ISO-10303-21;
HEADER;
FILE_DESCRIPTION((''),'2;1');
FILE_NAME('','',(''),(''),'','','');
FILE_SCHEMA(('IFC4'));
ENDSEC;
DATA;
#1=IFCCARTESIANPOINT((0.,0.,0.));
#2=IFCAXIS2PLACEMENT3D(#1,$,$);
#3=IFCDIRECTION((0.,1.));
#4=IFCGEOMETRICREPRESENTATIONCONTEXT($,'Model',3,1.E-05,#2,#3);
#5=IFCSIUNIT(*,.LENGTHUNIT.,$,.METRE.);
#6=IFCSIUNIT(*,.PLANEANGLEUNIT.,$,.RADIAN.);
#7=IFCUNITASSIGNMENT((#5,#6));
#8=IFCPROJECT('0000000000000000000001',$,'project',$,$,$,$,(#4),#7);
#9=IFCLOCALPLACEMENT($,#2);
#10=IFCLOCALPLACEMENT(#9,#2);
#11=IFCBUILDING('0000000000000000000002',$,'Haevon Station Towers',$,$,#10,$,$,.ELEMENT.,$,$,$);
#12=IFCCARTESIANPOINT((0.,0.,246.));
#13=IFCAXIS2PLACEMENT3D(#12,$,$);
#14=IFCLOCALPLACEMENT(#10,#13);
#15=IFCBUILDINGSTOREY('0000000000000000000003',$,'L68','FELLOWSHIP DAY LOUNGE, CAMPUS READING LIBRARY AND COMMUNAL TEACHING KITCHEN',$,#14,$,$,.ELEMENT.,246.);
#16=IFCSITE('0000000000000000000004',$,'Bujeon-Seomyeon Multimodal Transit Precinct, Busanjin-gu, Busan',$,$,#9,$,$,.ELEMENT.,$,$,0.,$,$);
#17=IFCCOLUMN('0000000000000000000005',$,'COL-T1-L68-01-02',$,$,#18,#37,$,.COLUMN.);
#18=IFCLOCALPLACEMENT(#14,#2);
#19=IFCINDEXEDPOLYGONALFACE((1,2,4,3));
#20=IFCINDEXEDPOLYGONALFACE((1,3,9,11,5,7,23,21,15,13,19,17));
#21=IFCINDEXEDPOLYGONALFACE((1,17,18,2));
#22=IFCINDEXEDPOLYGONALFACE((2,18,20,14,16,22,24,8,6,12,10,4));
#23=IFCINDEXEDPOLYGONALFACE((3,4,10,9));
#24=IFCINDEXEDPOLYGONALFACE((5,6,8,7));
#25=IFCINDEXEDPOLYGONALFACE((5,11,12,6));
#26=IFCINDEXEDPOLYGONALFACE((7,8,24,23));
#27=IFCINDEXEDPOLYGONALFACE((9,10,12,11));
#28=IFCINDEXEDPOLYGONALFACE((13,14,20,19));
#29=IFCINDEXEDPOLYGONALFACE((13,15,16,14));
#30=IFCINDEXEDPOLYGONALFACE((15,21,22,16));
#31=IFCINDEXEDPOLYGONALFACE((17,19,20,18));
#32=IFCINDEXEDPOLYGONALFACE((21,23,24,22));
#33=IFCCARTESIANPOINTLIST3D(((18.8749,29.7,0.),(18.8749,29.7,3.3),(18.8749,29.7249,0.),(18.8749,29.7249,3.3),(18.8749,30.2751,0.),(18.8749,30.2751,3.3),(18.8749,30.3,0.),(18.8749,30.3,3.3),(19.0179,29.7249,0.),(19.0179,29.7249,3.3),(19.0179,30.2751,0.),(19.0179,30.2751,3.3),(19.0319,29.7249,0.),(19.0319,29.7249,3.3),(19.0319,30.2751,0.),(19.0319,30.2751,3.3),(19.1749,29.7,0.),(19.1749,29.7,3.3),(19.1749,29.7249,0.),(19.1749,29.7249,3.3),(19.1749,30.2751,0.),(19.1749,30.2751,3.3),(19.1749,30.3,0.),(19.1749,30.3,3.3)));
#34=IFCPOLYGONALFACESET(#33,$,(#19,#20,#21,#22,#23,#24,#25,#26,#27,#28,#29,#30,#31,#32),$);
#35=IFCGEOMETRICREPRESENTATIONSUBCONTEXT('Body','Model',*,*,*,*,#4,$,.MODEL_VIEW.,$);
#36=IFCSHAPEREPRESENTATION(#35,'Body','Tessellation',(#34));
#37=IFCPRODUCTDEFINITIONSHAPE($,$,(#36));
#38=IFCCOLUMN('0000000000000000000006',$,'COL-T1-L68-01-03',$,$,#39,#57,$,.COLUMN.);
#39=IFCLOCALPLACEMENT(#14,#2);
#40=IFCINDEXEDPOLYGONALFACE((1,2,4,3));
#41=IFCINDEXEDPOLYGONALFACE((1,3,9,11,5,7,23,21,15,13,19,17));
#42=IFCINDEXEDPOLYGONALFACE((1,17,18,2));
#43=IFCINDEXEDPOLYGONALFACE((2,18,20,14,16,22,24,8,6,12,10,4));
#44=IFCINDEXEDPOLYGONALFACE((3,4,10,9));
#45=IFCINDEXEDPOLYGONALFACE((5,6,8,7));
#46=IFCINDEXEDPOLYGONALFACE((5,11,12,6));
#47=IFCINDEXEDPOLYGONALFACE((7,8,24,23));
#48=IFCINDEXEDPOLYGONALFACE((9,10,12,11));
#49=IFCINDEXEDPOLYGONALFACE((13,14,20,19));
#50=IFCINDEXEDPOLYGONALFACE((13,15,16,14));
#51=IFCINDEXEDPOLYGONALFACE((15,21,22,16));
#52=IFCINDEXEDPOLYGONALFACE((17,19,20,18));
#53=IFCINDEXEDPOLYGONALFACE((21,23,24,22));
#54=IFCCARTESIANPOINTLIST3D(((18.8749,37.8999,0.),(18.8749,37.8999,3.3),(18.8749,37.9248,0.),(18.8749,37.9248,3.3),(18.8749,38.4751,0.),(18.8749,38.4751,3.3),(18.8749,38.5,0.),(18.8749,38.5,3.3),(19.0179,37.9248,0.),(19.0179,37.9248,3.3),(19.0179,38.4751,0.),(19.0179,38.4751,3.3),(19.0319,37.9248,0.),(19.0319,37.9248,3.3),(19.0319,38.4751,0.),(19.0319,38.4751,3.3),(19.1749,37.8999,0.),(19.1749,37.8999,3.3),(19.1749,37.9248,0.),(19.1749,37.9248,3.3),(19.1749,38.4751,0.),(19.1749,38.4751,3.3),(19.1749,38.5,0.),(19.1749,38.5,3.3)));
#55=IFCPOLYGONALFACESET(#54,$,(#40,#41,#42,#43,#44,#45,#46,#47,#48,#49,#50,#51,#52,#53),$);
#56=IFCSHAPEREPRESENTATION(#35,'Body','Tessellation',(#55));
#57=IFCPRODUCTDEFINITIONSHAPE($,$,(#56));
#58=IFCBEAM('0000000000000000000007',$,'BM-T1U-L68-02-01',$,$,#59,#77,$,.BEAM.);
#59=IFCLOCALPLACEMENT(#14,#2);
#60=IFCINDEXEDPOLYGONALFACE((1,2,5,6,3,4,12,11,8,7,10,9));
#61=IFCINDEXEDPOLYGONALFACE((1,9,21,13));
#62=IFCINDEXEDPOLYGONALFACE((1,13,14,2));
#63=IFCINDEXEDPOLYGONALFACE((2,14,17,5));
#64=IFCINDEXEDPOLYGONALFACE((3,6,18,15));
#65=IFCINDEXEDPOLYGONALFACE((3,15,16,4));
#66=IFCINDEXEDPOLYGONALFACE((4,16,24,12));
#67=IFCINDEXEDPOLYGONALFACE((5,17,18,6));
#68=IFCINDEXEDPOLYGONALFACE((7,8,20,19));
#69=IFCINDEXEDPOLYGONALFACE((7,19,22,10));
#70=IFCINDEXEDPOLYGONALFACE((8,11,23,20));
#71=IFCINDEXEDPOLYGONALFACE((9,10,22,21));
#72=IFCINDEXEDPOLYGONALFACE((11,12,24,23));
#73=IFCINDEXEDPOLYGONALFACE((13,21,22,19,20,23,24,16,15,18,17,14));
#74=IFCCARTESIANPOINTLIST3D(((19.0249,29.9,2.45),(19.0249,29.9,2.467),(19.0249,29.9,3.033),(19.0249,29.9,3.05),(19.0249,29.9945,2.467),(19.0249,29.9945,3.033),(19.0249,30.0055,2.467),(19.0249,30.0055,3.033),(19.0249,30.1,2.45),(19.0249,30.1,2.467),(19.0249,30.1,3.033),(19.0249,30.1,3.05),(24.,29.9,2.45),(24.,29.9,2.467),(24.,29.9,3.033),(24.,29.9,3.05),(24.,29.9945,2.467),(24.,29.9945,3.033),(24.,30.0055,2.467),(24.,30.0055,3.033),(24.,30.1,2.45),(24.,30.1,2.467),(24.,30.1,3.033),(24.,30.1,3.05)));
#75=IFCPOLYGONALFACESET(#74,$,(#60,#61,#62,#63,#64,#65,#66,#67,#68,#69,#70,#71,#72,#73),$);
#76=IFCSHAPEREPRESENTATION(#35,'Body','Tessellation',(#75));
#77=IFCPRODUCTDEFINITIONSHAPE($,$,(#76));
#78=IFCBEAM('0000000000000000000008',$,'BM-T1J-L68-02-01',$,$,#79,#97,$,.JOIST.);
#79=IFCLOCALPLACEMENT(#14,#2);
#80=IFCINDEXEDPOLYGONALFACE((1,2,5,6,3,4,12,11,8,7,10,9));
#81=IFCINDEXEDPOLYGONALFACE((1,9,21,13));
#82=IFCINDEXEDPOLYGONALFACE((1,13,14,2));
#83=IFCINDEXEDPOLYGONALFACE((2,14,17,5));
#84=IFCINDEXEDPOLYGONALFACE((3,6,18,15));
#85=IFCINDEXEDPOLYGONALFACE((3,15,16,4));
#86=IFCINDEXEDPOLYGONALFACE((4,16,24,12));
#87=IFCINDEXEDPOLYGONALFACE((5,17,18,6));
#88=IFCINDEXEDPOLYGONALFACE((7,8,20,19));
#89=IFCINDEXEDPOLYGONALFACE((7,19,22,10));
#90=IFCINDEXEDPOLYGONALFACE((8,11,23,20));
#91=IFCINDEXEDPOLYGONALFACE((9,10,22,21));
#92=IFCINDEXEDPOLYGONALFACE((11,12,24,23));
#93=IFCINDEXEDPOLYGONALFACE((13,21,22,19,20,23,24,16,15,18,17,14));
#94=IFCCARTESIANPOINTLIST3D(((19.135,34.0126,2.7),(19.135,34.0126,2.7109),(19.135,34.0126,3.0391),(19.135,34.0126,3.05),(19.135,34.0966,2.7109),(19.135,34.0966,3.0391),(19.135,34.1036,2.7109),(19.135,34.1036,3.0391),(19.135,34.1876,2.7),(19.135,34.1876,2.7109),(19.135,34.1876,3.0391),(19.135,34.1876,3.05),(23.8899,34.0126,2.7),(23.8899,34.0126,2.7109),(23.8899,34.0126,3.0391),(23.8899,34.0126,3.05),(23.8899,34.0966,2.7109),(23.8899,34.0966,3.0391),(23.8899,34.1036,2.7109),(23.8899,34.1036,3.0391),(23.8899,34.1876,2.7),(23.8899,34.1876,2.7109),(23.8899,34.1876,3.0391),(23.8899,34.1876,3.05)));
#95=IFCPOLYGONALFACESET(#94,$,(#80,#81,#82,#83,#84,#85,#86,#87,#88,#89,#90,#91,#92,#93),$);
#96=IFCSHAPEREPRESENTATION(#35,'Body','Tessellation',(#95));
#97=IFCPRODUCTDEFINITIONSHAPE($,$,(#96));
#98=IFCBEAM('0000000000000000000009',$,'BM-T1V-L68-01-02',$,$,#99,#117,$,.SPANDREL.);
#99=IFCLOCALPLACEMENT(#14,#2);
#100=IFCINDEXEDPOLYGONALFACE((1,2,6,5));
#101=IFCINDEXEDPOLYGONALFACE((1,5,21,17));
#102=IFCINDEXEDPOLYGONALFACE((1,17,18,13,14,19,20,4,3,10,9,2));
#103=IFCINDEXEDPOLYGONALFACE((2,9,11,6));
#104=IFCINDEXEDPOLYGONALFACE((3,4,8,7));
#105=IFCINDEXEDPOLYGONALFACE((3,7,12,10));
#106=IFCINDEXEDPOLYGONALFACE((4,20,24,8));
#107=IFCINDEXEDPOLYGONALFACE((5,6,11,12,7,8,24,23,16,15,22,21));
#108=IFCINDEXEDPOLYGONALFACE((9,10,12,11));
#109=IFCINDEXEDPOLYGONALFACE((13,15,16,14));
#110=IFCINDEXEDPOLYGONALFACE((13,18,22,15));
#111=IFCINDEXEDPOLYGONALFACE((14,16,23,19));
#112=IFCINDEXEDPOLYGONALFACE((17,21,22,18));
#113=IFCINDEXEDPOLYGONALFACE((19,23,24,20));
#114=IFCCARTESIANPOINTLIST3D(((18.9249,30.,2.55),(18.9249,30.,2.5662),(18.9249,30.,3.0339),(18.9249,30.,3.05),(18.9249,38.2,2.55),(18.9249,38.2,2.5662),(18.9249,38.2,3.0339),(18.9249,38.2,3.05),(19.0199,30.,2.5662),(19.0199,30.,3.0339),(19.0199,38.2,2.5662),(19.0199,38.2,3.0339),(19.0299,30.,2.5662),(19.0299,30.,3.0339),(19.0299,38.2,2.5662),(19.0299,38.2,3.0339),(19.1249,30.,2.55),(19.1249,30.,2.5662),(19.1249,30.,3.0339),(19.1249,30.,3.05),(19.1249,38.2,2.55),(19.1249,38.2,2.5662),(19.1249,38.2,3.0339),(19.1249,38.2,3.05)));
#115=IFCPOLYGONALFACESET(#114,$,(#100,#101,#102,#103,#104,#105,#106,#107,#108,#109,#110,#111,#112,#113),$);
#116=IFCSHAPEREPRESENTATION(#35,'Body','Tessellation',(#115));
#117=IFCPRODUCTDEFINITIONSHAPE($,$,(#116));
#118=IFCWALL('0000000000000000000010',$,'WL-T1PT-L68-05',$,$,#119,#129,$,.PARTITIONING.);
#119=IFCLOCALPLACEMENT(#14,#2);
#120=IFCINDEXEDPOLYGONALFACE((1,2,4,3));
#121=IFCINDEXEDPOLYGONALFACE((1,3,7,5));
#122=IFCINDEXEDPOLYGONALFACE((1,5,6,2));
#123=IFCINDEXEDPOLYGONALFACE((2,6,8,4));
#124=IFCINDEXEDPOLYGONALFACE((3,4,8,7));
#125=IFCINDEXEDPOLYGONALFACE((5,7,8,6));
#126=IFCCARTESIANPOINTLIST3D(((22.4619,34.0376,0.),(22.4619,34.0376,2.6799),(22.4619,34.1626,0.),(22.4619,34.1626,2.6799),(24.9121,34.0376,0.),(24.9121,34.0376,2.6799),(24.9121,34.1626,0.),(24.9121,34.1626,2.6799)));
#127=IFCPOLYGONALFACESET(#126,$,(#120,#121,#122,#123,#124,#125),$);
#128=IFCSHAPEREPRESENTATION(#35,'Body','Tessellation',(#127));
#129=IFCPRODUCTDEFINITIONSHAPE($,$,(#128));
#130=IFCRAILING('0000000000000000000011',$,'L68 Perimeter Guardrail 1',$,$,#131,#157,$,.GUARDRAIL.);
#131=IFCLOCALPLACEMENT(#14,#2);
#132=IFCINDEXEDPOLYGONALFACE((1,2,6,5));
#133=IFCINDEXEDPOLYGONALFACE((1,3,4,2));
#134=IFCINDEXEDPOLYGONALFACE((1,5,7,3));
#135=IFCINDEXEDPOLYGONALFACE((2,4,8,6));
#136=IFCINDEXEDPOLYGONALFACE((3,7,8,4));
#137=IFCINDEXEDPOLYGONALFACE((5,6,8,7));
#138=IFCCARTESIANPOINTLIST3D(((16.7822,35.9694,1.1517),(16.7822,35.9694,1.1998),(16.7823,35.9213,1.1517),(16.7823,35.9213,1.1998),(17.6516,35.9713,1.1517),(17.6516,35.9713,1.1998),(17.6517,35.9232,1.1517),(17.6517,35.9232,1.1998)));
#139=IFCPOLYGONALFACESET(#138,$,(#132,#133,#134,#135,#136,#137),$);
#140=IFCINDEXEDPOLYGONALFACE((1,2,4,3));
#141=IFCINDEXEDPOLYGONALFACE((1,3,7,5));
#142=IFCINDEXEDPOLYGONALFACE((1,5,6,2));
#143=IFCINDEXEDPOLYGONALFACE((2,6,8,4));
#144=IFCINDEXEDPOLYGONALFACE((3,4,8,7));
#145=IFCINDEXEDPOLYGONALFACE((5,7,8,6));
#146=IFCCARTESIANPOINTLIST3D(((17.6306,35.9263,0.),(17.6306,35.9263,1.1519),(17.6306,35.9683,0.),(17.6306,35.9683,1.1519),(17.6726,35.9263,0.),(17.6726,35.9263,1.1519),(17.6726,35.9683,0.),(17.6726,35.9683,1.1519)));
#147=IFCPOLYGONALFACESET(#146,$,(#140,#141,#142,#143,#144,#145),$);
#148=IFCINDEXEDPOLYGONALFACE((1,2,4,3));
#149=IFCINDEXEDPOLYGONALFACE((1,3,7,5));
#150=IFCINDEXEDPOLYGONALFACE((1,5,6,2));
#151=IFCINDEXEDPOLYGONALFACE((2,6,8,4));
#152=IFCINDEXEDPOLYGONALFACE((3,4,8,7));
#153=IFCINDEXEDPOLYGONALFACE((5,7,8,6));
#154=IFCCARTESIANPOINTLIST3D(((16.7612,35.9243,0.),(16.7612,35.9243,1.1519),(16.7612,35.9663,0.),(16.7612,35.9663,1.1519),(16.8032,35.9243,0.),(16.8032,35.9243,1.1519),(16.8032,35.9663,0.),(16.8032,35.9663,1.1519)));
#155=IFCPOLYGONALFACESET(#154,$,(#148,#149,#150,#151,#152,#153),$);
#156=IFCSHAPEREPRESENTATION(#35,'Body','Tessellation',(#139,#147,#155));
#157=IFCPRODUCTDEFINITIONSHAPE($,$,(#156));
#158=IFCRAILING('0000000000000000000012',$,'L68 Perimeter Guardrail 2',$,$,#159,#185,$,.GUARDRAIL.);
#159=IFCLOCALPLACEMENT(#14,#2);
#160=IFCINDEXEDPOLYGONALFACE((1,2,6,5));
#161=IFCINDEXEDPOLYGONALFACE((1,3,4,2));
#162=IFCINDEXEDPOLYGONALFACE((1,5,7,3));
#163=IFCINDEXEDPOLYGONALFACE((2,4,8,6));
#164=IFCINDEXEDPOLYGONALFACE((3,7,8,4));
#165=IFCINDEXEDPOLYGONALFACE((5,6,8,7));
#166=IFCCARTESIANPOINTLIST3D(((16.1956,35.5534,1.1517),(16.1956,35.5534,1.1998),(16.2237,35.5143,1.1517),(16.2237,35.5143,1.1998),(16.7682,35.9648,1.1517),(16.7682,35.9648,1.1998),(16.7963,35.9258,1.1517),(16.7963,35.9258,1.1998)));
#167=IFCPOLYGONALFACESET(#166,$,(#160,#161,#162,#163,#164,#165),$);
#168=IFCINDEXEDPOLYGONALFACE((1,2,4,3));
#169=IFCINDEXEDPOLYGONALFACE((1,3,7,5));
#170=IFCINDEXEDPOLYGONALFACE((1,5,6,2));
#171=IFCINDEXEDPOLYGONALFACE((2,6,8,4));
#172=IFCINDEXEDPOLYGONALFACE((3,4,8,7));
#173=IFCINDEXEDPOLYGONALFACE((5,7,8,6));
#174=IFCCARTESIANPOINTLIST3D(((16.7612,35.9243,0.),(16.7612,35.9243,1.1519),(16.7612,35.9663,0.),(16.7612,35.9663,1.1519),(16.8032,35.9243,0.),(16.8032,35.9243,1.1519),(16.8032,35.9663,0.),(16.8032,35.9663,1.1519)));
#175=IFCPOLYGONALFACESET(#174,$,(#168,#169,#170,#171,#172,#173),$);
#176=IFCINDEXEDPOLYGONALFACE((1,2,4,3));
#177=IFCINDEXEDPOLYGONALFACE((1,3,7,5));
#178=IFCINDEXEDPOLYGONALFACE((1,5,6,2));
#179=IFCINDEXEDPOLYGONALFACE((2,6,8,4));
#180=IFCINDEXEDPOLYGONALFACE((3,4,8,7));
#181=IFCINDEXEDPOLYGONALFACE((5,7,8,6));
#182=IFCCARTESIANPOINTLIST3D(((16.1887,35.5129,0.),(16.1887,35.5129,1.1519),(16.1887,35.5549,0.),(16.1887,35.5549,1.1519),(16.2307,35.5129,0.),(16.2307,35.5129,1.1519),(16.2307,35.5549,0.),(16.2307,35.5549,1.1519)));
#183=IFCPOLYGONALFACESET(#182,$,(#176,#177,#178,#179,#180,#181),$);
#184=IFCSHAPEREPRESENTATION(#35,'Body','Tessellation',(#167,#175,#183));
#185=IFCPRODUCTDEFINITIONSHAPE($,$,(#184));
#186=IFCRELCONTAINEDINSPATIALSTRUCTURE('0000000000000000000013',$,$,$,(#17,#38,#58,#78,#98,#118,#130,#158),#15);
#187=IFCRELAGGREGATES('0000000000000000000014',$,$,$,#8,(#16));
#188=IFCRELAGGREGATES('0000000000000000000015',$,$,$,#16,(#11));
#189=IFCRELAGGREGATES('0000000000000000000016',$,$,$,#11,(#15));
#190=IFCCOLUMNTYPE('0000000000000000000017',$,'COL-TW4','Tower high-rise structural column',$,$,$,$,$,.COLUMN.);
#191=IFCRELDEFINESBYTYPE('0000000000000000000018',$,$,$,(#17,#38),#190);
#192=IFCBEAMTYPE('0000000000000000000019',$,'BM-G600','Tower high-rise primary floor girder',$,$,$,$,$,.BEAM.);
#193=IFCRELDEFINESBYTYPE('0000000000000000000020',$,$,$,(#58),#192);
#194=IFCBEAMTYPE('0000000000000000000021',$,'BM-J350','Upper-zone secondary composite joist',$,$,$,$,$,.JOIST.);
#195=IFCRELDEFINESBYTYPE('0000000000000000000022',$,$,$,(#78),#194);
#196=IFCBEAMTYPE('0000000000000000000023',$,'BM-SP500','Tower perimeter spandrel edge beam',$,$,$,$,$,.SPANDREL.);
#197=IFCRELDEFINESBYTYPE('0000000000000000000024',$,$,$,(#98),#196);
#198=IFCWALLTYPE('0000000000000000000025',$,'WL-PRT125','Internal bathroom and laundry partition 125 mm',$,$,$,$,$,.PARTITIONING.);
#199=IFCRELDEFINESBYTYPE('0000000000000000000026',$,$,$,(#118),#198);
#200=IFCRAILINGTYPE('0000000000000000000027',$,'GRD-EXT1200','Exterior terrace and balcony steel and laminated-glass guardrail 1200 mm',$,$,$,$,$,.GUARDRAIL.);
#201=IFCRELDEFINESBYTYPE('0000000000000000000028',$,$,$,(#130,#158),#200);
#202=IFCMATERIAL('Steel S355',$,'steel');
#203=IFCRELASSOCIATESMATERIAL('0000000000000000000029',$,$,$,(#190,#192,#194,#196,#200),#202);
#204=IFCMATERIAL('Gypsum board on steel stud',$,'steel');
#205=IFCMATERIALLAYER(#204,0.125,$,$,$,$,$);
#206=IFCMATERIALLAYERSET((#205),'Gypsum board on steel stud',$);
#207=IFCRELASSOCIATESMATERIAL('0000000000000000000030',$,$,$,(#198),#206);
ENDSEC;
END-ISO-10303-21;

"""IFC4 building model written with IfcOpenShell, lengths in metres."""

from ifc_helpers import new_model, si_unit, direction, frame, frame_2d, origin, origin_2d, place, context, subcontext, project, spatial, rectangle, i_section, extrude, material, layer, layer_set, material_profile, profile_set, type_object, element, save


model = new_model("IFC4")

# Units and contexts
model_context = context("Model", 3, precision=1e-05, world=origin(), true_north=direction((0.0, 1.0)))
body_context = subcontext(model_context, "Body", "Model", "MODEL_VIEW")
ifc_project = project(units=[si_unit("LENGTHUNIT", "METRE"), si_unit("PLANEANGLEUNIT", "RADIAN")], contexts=[model_context])

# Site, building, storey
site_placement = place(None, origin())
site = spatial("IfcSite", under=ifc_project, at=site_placement, Name="Bujeon-Seomyeon Multimodal Transit Precinct, Busanjin-gu, Busan", CompositionType="ELEMENT", RefElevation=0.0)
building_placement = place(site_placement, origin())
building = spatial("IfcBuilding", under=site, at=building_placement, Name="Haevon Station Towers", CompositionType="ELEMENT")
storey_placement = place(building_placement, frame((0.0, 0.0, 246.0)))
storey = spatial("IfcBuildingStorey", under=building, at=storey_placement, Name="L68", Description="FELLOWSHIP DAY LOUNGE, CAMPUS READING LIBRARY AND COMMUNAL TEACHING KITCHEN", CompositionType="ELEMENT", Elevation=246.0)

# Columns
ifc_material_1 = material(Name="Steel S355", Category="steel")
ifc_material_profile_1 = material_profile(ifc_material_1, i_section(OverallWidth=0.3, OverallDepth=0.6001, WebThickness=0.0139, FlangeThickness=0.0249, at=origin_2d()), Name="H-600x300x14x25")
ifc_profile_set_1 = profile_set([ifc_material_profile_1], Name="Steel S355")
column_type = type_object("IfcColumnType", Name="COL-TW4", Description="Tower high-rise structural column", PredefinedType="COLUMN", material=ifc_profile_set_1)
for number, where, z_axis, x_axis, name in (
    (1, (19.0249, 30.0, 0.0), (0.0, 0.0, 1.0), (1.0, 0.0, 0.0), "COL-T1-L68-01-02"),
    (2, (19.0249, 38.2, 0.0), (0.0, 0.0, 1.0), (1.0, 0.0, 0.0), "COL-T1-L68-01-03"),
):
    element("IfcColumn", number, at=place(storey_placement, frame(where, z_axis=z_axis, x_axis=x_axis)), inside=storey, type_object=column_type, Name=name, PredefinedType="COLUMN", context=body_context, shape_type="SweptSolid", body=[
        extrude(i_section(OverallWidth=0.3, OverallDepth=0.6001, WebThickness=0.0139, FlangeThickness=0.0249, at=origin_2d()), origin(), (0.0, 0.0, 1.0), 3.3),
    ])

# Beams
ifc_material_profile_2 = material_profile(ifc_material_1, i_section(OverallWidth=0.2, OverallDepth=0.6001, WebThickness=0.011, FlangeThickness=0.0171, at=origin_2d()), Name="H-600x200x11x17")
ifc_profile_set_2 = profile_set([ifc_material_profile_2], Name="Steel S355")
beam_type_1 = type_object("IfcBeamType", Name="BM-G600", Description="Tower high-rise primary floor girder", PredefinedType="BEAM", material=ifc_profile_set_2)
beam_1_placement = place(storey_placement, frame((19.0249, 30.0, 2.75), z_axis=(1.0, 0.0, 0.0), x_axis=(0.0, 1.0, 0.0)))
element("IfcBeam", 3, at=beam_1_placement, inside=storey, type_object=beam_type_1, Name="BM-T1U-L68-02-01", PredefinedType="BEAM", context=body_context, shape_type="SweptSolid", body=[
    extrude(i_section(OverallWidth=0.2, OverallDepth=0.6001, WebThickness=0.011, FlangeThickness=0.0171, at=origin_2d()), origin(), (0.0, 0.0, 1.0), 4.9751),
])
ifc_material_profile_3 = material_profile(ifc_material_1, i_section(OverallWidth=0.175, OverallDepth=0.3501, WebThickness=0.0071, FlangeThickness=0.011, at=origin_2d()), Name="H-350x175x7x11")
ifc_profile_set_3 = profile_set([ifc_material_profile_3], Name="Steel S355")
beam_type_2 = type_object("IfcBeamType", Name="BM-J350", Description="Upper-zone secondary composite joist", PredefinedType="JOIST", material=ifc_profile_set_3)
beam_2_placement = place(storey_placement, frame((19.135, 34.1001, 2.875), z_axis=(1.0, 0.0, 0.0), x_axis=(0.0, 1.0, 0.0)))
element("IfcBeam", 4, at=beam_2_placement, inside=storey, type_object=beam_type_2, Name="BM-T1J-L68-02-01", PredefinedType="JOIST", context=body_context, shape_type="SweptSolid", body=[
    extrude(i_section(OverallWidth=0.175, OverallDepth=0.3501, WebThickness=0.0071, FlangeThickness=0.011, at=origin_2d()), origin(), (0.0, 0.0, 1.0), 4.7549),
])
ifc_material_profile_4 = material_profile(ifc_material_1, i_section(OverallWidth=0.2, OverallDepth=0.5, WebThickness=0.01, FlangeThickness=0.0161, at=origin_2d()), Name="H-500x200x10x16")
ifc_profile_set_4 = profile_set([ifc_material_profile_4], Name="Steel S355")
beam_type_3 = type_object("IfcBeamType", Name="BM-SP500", Description="Tower perimeter spandrel edge beam", PredefinedType="SPANDREL", material=ifc_profile_set_4)
beam_3_placement = place(storey_placement, frame((19.0249, 30.0, 2.8), z_axis=(0.0, 1.0, 0.0), x_axis=(-1.0, 0.0, 0.0)))
element("IfcBeam", 5, at=beam_3_placement, inside=storey, type_object=beam_type_3, Name="BM-T1V-L68-01-02", PredefinedType="SPANDREL", context=body_context, shape_type="SweptSolid", body=[
    extrude(i_section(OverallWidth=0.2, OverallDepth=0.5, WebThickness=0.01, FlangeThickness=0.0161, at=origin_2d()), origin(), (0.0, 0.0, 1.0), 8.2),
])

# Wall
ifc_material_2 = material(Name="Gypsum board on steel stud", Category="steel")
ifc_layer_1 = layer(ifc_material_2, 0.125)
ifc_layer_set_1 = layer_set([ifc_layer_1], Name="Gypsum board on steel stud")
wall_type = type_object("IfcWallType", Name="WL-PRT125", Description="Internal bathroom and laundry partition 125 mm", PredefinedType="PARTITIONING", material=ifc_layer_set_1)
wall_placement = place(storey_placement, frame((22.4619, 34.1001, 0.0), z_axis=(0.0, 0.0, 1.0), x_axis=(1.0, 0.0, 0.0)))
element("IfcWall", 6, at=wall_placement, inside=storey, type_object=wall_type, Name="WL-T1PT-L68-05", PredefinedType="PARTITIONING", context=body_context, shape_type="SweptSolid", body=[
    extrude(rectangle(XDim=2.4502, YDim=0.125, at=frame_2d((1.2251, 0.0))), origin(), (0.0, 0.0, 1.0), 2.6799),
])

# Railings
railing_type = type_object("IfcRailingType", Name="GRD-EXT1200", Description="Exterior terrace and balcony steel and laminated-glass guardrail 1200 mm", PredefinedType="GUARDRAIL", material=ifc_material_1)
railing_1_placement = place(storey_placement, frame((17.6516, 35.9473, 0.0)))
element("IfcRailing", 7, at=railing_1_placement, inside=storey, type_object=railing_type, Name="L68 Perimeter Guardrail 1", PredefinedType="GUARDRAIL", context=body_context, shape_type="SweptSolid", body=[
    extrude(rectangle(XDim=0.0481, YDim=0.0481, at=origin_2d()), frame((0.0, 0.0, 1.1758), z_axis=(-0.999997, -0.002247, 0.0), x_axis=(0.002247, -0.999997, 0.0)), (0.0, 0.0, 1.0), 0.8694),
    extrude(rectangle(XDim=0.042, YDim=0.042, at=origin_2d()), origin(), (0.0, 0.0, 1.0), 1.1519),
    extrude(rectangle(XDim=0.042, YDim=0.042, at=origin_2d()), frame((-0.8694, -0.002, 0.0)), (0.0, 0.0, 1.0), 1.1519),
])
railing_2_placement = place(storey_placement, frame((16.7822, 35.9453, 0.0)))
element("IfcRailing", 8, at=railing_2_placement, inside=storey, type_object=railing_type, Name="L68 Perimeter Guardrail 2", PredefinedType="GUARDRAIL", context=body_context, shape_type="SweptSolid", body=[
    extrude(rectangle(XDim=0.0481, YDim=0.0481, at=origin_2d()), frame((0.0, 0.0, 1.1758), z_axis=(-0.812092, -0.583529, 0.0), x_axis=(0.583529, -0.812092, 0.0)), (0.0, 0.0, 1.0), 0.7051),
    extrude(rectangle(XDim=0.042, YDim=0.042, at=origin_2d()), origin(), (0.0, 0.0, 1.0), 1.1519),
    extrude(rectangle(XDim=0.042, YDim=0.042, at=origin_2d()), frame((-0.5725, -0.4114, 0.0)), (0.0, 0.0, 1.0), 1.1519),
])

save(model, "model.ifc")
